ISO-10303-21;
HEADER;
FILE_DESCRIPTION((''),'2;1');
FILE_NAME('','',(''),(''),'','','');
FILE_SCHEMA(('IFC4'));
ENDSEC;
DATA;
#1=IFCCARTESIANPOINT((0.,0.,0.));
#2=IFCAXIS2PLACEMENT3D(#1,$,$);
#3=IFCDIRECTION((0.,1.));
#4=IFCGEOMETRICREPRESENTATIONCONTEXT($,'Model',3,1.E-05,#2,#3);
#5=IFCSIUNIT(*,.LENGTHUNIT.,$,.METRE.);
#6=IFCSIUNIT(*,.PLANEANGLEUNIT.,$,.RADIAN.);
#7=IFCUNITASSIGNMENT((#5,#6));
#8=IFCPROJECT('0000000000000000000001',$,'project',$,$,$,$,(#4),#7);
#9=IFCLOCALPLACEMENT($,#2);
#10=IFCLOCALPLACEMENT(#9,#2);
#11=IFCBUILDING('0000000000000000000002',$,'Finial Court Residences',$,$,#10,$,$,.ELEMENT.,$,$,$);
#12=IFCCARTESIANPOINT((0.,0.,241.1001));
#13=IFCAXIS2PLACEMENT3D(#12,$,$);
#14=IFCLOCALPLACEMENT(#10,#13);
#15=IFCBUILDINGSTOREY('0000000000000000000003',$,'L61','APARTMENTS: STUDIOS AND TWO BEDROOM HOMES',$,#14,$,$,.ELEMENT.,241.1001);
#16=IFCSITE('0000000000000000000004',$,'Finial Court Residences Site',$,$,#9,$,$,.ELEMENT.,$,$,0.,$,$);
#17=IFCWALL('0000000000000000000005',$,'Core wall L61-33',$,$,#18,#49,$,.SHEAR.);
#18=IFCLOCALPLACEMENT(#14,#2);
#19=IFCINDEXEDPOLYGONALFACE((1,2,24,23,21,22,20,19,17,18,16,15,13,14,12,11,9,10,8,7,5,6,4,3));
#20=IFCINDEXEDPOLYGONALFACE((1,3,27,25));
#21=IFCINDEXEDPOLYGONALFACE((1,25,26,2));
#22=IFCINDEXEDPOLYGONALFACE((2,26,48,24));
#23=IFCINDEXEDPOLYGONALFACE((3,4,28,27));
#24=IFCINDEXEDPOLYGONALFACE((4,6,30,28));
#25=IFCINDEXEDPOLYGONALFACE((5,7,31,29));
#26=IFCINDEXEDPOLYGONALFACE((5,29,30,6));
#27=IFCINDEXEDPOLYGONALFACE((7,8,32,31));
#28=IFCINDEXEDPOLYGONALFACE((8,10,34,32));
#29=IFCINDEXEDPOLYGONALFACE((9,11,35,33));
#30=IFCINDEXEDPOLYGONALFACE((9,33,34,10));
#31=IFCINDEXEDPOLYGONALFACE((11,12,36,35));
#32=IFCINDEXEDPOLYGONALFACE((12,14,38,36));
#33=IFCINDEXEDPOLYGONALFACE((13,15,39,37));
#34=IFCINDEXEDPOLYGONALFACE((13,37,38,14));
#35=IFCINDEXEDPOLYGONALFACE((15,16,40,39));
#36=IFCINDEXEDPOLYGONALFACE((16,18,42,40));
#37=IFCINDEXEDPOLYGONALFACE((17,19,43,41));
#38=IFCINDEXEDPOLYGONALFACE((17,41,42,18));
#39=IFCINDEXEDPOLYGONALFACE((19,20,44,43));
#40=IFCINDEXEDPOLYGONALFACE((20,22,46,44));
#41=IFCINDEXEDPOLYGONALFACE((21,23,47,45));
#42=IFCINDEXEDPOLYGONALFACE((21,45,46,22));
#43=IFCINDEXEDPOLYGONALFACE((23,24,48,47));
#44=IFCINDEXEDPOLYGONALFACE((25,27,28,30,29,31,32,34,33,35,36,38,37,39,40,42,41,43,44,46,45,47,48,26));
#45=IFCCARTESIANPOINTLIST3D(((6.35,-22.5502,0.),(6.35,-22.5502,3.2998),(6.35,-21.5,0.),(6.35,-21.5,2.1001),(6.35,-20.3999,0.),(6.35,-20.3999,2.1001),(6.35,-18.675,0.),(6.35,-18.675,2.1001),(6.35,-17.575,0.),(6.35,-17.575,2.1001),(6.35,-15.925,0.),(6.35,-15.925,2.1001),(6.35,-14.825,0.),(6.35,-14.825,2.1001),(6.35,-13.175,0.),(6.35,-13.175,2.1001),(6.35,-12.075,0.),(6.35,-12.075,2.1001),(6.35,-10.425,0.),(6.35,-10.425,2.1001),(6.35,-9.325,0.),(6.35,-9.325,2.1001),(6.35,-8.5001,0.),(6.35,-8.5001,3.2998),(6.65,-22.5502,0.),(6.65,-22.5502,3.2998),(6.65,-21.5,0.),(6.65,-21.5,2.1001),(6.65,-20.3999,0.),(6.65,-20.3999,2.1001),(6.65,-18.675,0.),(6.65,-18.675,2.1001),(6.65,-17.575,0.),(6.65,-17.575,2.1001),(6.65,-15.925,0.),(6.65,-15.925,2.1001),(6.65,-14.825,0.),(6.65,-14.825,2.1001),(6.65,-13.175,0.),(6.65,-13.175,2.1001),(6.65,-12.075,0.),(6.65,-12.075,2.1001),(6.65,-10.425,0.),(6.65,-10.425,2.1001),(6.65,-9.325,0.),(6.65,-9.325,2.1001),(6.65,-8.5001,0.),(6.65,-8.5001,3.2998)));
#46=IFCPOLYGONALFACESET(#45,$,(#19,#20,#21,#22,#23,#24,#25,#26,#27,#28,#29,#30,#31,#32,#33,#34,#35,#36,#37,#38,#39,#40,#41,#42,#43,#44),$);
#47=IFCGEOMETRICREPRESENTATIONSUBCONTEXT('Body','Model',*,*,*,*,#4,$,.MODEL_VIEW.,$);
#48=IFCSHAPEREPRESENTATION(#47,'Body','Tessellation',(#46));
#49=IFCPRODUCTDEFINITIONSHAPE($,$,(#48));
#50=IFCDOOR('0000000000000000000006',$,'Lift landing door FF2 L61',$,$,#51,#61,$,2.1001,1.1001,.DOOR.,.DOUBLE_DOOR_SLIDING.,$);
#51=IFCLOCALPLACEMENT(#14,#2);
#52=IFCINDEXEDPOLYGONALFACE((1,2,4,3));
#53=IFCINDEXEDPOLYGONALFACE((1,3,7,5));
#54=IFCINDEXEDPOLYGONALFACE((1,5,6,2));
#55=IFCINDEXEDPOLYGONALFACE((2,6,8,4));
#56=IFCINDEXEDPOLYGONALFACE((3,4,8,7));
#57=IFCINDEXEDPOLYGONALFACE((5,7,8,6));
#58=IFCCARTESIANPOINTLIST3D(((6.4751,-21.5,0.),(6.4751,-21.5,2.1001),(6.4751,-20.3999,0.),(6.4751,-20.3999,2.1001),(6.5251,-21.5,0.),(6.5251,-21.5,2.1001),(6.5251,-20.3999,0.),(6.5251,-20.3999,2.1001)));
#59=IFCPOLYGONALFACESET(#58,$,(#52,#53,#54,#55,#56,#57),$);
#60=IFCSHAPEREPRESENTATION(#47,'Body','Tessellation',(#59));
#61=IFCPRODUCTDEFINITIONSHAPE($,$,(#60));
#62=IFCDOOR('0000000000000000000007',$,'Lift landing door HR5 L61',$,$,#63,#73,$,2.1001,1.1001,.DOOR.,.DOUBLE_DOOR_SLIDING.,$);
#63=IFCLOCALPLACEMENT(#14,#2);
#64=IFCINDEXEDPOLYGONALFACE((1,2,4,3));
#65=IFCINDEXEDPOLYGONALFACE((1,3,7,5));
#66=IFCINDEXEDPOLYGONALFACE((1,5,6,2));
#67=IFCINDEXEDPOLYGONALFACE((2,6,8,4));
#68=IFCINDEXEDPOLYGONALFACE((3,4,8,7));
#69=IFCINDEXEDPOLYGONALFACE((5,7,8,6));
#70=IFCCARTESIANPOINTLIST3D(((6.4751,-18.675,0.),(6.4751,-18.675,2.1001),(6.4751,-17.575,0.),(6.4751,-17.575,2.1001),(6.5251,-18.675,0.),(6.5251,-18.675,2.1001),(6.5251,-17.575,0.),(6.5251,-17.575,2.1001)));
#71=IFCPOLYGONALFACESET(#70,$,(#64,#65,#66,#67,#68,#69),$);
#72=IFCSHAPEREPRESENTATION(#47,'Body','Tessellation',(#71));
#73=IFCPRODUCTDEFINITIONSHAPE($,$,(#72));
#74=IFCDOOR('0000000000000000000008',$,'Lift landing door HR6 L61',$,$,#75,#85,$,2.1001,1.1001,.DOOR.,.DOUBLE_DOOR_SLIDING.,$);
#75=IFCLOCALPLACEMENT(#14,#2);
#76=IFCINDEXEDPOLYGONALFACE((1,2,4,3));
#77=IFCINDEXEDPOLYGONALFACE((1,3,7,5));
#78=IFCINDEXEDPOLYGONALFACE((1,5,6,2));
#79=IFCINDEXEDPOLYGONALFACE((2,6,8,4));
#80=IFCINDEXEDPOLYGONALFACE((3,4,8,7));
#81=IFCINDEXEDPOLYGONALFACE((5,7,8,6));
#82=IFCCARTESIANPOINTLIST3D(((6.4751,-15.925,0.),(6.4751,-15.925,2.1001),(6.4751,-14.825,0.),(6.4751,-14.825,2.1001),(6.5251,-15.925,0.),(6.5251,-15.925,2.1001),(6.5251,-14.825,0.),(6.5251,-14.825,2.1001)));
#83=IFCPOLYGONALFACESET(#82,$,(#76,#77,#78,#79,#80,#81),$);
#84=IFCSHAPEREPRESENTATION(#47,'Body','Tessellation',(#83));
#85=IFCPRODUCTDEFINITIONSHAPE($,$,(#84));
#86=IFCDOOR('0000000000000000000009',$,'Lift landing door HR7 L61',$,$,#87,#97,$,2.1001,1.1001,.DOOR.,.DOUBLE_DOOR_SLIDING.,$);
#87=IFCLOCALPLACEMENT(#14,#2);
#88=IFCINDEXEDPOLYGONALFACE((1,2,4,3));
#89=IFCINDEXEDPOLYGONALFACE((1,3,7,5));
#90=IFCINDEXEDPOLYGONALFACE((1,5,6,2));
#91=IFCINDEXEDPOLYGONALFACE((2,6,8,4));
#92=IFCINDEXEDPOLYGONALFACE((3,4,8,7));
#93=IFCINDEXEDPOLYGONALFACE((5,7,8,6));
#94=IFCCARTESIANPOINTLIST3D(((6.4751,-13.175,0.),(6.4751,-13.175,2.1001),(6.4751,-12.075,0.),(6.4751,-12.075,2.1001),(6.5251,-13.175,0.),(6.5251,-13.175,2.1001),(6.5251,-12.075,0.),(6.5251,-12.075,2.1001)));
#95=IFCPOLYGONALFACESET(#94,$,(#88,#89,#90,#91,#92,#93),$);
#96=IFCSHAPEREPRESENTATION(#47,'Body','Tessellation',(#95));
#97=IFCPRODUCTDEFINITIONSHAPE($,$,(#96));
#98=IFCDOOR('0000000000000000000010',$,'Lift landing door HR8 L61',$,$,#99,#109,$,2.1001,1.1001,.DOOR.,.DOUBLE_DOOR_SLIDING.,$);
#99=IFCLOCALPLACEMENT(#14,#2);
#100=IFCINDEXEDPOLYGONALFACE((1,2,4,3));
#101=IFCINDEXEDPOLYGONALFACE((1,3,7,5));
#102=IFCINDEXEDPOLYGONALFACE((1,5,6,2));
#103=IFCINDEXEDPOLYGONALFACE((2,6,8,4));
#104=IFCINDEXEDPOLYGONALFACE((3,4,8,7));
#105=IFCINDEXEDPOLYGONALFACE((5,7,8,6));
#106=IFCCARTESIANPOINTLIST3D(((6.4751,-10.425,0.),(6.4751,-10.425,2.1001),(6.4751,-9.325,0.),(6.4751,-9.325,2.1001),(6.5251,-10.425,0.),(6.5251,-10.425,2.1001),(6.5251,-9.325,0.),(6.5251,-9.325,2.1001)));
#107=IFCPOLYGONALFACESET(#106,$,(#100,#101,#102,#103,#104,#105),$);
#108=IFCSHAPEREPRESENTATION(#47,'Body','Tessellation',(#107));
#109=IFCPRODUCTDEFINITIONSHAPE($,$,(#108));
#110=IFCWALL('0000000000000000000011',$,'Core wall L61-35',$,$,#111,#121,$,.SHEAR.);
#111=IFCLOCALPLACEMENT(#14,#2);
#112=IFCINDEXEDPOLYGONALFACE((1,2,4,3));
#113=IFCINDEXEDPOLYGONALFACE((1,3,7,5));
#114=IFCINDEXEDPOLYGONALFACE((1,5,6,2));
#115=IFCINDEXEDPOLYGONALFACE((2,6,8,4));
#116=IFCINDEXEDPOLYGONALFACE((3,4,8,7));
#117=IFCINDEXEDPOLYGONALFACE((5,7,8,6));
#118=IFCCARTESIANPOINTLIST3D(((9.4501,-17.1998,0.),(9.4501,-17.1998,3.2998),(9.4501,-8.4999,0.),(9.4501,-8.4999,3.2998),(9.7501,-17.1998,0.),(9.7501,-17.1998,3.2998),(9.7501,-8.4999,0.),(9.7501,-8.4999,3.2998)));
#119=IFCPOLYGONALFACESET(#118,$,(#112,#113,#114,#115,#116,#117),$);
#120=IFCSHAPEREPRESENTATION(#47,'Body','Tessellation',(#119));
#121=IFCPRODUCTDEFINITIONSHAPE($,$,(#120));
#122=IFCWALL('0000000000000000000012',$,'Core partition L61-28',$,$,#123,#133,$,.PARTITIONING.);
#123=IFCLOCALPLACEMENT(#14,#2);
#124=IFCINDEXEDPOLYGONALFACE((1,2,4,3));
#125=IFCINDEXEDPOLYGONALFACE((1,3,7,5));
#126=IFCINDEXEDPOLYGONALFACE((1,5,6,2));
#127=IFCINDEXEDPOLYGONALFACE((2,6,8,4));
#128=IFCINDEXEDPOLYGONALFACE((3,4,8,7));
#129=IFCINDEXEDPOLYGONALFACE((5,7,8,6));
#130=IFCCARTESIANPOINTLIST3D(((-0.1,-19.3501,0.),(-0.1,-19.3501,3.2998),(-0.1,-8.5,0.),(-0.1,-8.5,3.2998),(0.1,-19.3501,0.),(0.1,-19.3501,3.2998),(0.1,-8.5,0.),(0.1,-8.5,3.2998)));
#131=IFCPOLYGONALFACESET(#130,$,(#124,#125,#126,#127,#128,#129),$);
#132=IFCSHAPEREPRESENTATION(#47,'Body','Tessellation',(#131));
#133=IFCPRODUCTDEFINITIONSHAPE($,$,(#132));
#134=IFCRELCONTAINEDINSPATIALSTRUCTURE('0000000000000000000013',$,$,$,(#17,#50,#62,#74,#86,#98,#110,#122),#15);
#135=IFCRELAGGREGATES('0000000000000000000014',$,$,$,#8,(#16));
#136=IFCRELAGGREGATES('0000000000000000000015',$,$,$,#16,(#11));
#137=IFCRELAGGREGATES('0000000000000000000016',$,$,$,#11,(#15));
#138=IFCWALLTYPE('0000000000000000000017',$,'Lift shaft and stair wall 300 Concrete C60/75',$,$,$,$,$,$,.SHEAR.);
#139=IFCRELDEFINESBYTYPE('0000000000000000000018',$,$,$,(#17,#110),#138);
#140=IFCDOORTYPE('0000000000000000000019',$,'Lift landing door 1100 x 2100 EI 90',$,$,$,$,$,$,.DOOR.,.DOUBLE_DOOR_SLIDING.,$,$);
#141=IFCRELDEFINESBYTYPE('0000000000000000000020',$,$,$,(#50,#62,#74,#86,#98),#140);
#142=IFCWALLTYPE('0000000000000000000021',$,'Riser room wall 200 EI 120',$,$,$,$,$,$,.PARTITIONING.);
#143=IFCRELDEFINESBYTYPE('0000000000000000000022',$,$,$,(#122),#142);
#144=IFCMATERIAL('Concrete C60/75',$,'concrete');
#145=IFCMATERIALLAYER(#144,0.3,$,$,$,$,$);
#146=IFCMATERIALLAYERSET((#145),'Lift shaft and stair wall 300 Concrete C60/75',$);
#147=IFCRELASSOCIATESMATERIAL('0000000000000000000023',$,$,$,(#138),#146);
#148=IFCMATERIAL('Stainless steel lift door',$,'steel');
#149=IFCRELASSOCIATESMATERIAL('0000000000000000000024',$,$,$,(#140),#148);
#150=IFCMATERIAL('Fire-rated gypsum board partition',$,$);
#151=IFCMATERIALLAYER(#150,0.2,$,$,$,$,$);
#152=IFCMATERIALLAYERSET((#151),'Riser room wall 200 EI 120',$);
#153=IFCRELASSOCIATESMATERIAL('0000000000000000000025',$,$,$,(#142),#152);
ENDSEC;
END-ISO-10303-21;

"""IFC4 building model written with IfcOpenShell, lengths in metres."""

from ifc_helpers import new_model, si_unit, direction, frame, frame_2d, origin, place, context, subcontext, project, spatial, rectangle, extrude, material, layer, layer_set, type_object, element, fill, save


model = new_model("IFC4")

# Units and contexts
model_context = context("Model", 3, precision=1e-05, world=origin(), true_north=direction((0.0, 1.0)))
body_context = subcontext(model_context, "Body", "Model", "MODEL_VIEW")
ifc_project = project(units=[si_unit("LENGTHUNIT", "METRE"), si_unit("PLANEANGLEUNIT", "RADIAN")], contexts=[model_context])

# Site, building, storey
site_placement = place(None, origin())
site = spatial("IfcSite", under=ifc_project, at=site_placement, Name="Finial Court Residences Site", CompositionType="ELEMENT", RefElevation=0.0)
building_placement = place(site_placement, origin())
building = spatial("IfcBuilding", under=site, at=building_placement, Name="Finial Court Residences", CompositionType="ELEMENT")
storey_placement = place(building_placement, frame((0.0, 0.0, 241.1001)))
storey = spatial("IfcBuildingStorey", under=building, at=storey_placement, Name="L61", Description="APARTMENTS: STUDIOS AND TWO BEDROOM HOMES", CompositionType="ELEMENT", Elevation=241.1001)

# Shared definitions
ifc_material_1 = material(Name="Fire-rated gypsum board partition")

# Shared definitions
ifc_material_2 = material(Name="Concrete C60/75", Category="concrete")
ifc_layer_1 = layer(ifc_material_2, 0.3)
ifc_layer_set_1 = layer_set([ifc_layer_1], Name="Lift shaft and stair wall 300 Concrete C60/75")
wall_type_1 = type_object("IfcWallType", Name="Lift shaft and stair wall 300 Concrete C60/75", PredefinedType="SHEAR", material=ifc_layer_set_1)

# Shared definitions
ifc_material_3 = material(Name="Stainless steel lift door", Category="steel")
door_type_1 = type_object("IfcDoorType", Name="Lift landing door 1100 x 2100 EI 90", OperationType="DOUBLE_DOOR_SLIDING", PredefinedType="DOOR", material=ifc_material_3)

# Wall, openings, doors
wall_1_placement = place(storey_placement, frame((6.5, -22.55, 0.0), z_axis=(0.0, 0.0, 1.0), x_axis=(0.0, 1.0, 0.0)))
wall_1 = element("IfcWall", 1, at=wall_1_placement, inside=storey, type_object=wall_type_1, Name="Core wall L61-33", PredefinedType="SHEAR", context=body_context, shape_type="SweptSolid", body=[
    extrude(rectangle(XDim=14.05, YDim=0.3, at=frame_2d((7.0249, 0.0))), origin(), (0.0, 0.0, 1.0), 3.2998),
])
opening_1_placement = place(wall_1_placement, frame((1.05, 0.0, 0.0)))
opening_1 = element("IfcOpeningElement", 2, at=opening_1_placement, cuts=wall_1, PredefinedType="OPENING", context=body_context, shape_type="SweptSolid", body=[
    extrude(rectangle(XDim=1.1001, YDim=2.1001, at=frame_2d((0.55, 1.05))), frame((0.0, 0.1599, 0.0), z_axis=(0.0, -1.0, 0.0), x_axis=(1.0, 0.0, 0.0)), (0.0, 0.0, 1.0), 0.3201),
])
opening_2_placement = place(wall_1_placement, frame((3.875, 0.0, 0.0)))
opening_2 = element("IfcOpeningElement", 3, at=opening_2_placement, cuts=wall_1, PredefinedType="OPENING", context=body_context, shape_type="SweptSolid", body=[
    extrude(rectangle(XDim=1.1001, YDim=2.1001, at=frame_2d((0.55, 1.05))), frame((0.0, 0.1599, 0.0), z_axis=(0.0, -1.0, 0.0), x_axis=(1.0, 0.0, 0.0)), (0.0, 0.0, 1.0), 0.3201),
])
opening_3_placement = place(wall_1_placement, frame((6.625, 0.0, 0.0)))
opening_3 = element("IfcOpeningElement", 4, at=opening_3_placement, cuts=wall_1, PredefinedType="OPENING", context=body_context, shape_type="SweptSolid", body=[
    extrude(rectangle(XDim=1.1001, YDim=2.1001, at=frame_2d((0.55, 1.05))), frame((0.0, 0.1599, 0.0), z_axis=(0.0, -1.0, 0.0), x_axis=(1.0, 0.0, 0.0)), (0.0, 0.0, 1.0), 0.3201),
])
opening_4_placement = place(wall_1_placement, frame((9.375, 0.0, 0.0)))
opening_4 = element("IfcOpeningElement", 5, at=opening_4_placement, cuts=wall_1, PredefinedType="OPENING", context=body_context, shape_type="SweptSolid", body=[
    extrude(rectangle(XDim=1.1001, YDim=2.1001, at=frame_2d((0.55, 1.05))), frame((0.0, 0.1599, 0.0), z_axis=(0.0, -1.0, 0.0), x_axis=(1.0, 0.0, 0.0)), (0.0, 0.0, 1.0), 0.3201),
])
opening_5_placement = place(wall_1_placement, frame((12.125, 0.0, 0.0)))
opening_5 = element("IfcOpeningElement", 6, at=opening_5_placement, cuts=wall_1, PredefinedType="OPENING", context=body_context, shape_type="SweptSolid", body=[
    extrude(rectangle(XDim=1.1001, YDim=2.1001, at=frame_2d((0.55, 1.05))), frame((0.0, 0.1599, 0.0), z_axis=(0.0, -1.0, 0.0), x_axis=(1.0, 0.0, 0.0)), (0.0, 0.0, 1.0), 0.3201),
])
door_1_placement = place(opening_1_placement, origin())
door_1 = element("IfcDoor", 7, at=door_1_placement, inside=storey, type_object=door_type_1, Name="Lift landing door FF2 L61", OperationType="DOUBLE_DOOR_SLIDING", OverallHeight=2.1001, OverallWidth=1.1001, PredefinedType="DOOR", context=body_context, shape_type="SweptSolid", body=[
    extrude(rectangle(XDim=1.1001, YDim=2.1001, at=frame_2d((0.55, 1.05))), frame((0.0, 0.0249, 0.0), z_axis=(0.0, -1.0, 0.0), x_axis=(1.0, 0.0, 0.0)), (0.0, 0.0, 1.0), 0.05),
])
fill(opening_1, door_1)
door_2_placement = place(opening_2_placement, origin())
door_2 = element("IfcDoor", 8, at=door_2_placement, inside=storey, type_object=door_type_1, Name="Lift landing door HR5 L61", OperationType="DOUBLE_DOOR_SLIDING", OverallHeight=2.1001, OverallWidth=1.1001, PredefinedType="DOOR", context=body_context, shape_type="SweptSolid", body=[
    extrude(rectangle(XDim=1.1001, YDim=2.1001, at=frame_2d((0.55, 1.05))), frame((0.0, 0.0249, 0.0), z_axis=(0.0, -1.0, 0.0), x_axis=(1.0, 0.0, 0.0)), (0.0, 0.0, 1.0), 0.05),
])
fill(opening_2, door_2)
door_3_placement = place(opening_3_placement, origin())
door_3 = element("IfcDoor", 9, at=door_3_placement, inside=storey, type_object=door_type_1, Name="Lift landing door HR6 L61", OperationType="DOUBLE_DOOR_SLIDING", OverallHeight=2.1001, OverallWidth=1.1001, PredefinedType="DOOR", context=body_context, shape_type="SweptSolid", body=[
    extrude(rectangle(XDim=1.1001, YDim=2.1001, at=frame_2d((0.55, 1.05))), frame((0.0, 0.0249, 0.0), z_axis=(0.0, -1.0, 0.0), x_axis=(1.0, 0.0, 0.0)), (0.0, 0.0, 1.0), 0.05),
])
fill(opening_3, door_3)
door_4_placement = place(opening_4_placement, origin())
door_4 = element("IfcDoor", 10, at=door_4_placement, inside=storey, type_object=door_type_1, Name="Lift landing door HR7 L61", OperationType="DOUBLE_DOOR_SLIDING", OverallHeight=2.1001, OverallWidth=1.1001, PredefinedType="DOOR", context=body_context, shape_type="SweptSolid", body=[
    extrude(rectangle(XDim=1.1001, YDim=2.1001, at=frame_2d((0.55, 1.05))), frame((0.0, 0.0249, 0.0), z_axis=(0.0, -1.0, 0.0), x_axis=(1.0, 0.0, 0.0)), (0.0, 0.0, 1.0), 0.05),
])
fill(opening_4, door_4)
door_5_placement = place(opening_5_placement, origin())
door_5 = element("IfcDoor", 11, at=door_5_placement, inside=storey, type_object=door_type_1, Name="Lift landing door HR8 L61", OperationType="DOUBLE_DOOR_SLIDING", OverallHeight=2.1001, OverallWidth=1.1001, PredefinedType="DOOR", context=body_context, shape_type="SweptSolid", body=[
    extrude(rectangle(XDim=1.1001, YDim=2.1001, at=frame_2d((0.55, 1.05))), frame((0.0, 0.0249, 0.0), z_axis=(0.0, -1.0, 0.0), x_axis=(1.0, 0.0, 0.0)), (0.0, 0.0, 1.0), 0.05),
])
fill(opening_5, door_5)

# Walls
wall_2_placement = place(storey_placement, frame((9.6001, -17.2, 0.0), z_axis=(0.0, 0.0, 1.0), x_axis=(0.0, 1.0, 0.0)))
element("IfcWall", 12, at=wall_2_placement, inside=storey, type_object=wall_type_1, Name="Core wall L61-35", PredefinedType="SHEAR", context=body_context, shape_type="SweptSolid", body=[
    extrude(rectangle(XDim=8.7, YDim=0.3, at=frame_2d((4.3501, 0.0))), origin(), (0.0, 0.0, 1.0), 3.2998),
])
ifc_layer_2 = layer(ifc_material_1, 0.2)
ifc_layer_set_2 = layer_set([ifc_layer_2], Name="Riser room wall 200 EI 120")
wall_type_2 = type_object("IfcWallType", Name="Riser room wall 200 EI 120", PredefinedType="PARTITIONING", material=ifc_layer_set_2)
wall_3_placement = place(storey_placement, frame((0.0, -19.3501, 0.0), z_axis=(0.0, 0.0, 1.0), x_axis=(0.0, 1.0, 0.0)))
element("IfcWall", 13, at=wall_3_placement, inside=storey, type_object=wall_type_2, Name="Core partition L61-28", PredefinedType="PARTITIONING", context=body_context, shape_type="SweptSolid", body=[
    extrude(rectangle(XDim=10.8501, YDim=0.2, at=frame_2d((5.425, 0.0))), origin(), (0.0, 0.0, 1.0), 3.2998),
])

save(model, "model.ifc")
